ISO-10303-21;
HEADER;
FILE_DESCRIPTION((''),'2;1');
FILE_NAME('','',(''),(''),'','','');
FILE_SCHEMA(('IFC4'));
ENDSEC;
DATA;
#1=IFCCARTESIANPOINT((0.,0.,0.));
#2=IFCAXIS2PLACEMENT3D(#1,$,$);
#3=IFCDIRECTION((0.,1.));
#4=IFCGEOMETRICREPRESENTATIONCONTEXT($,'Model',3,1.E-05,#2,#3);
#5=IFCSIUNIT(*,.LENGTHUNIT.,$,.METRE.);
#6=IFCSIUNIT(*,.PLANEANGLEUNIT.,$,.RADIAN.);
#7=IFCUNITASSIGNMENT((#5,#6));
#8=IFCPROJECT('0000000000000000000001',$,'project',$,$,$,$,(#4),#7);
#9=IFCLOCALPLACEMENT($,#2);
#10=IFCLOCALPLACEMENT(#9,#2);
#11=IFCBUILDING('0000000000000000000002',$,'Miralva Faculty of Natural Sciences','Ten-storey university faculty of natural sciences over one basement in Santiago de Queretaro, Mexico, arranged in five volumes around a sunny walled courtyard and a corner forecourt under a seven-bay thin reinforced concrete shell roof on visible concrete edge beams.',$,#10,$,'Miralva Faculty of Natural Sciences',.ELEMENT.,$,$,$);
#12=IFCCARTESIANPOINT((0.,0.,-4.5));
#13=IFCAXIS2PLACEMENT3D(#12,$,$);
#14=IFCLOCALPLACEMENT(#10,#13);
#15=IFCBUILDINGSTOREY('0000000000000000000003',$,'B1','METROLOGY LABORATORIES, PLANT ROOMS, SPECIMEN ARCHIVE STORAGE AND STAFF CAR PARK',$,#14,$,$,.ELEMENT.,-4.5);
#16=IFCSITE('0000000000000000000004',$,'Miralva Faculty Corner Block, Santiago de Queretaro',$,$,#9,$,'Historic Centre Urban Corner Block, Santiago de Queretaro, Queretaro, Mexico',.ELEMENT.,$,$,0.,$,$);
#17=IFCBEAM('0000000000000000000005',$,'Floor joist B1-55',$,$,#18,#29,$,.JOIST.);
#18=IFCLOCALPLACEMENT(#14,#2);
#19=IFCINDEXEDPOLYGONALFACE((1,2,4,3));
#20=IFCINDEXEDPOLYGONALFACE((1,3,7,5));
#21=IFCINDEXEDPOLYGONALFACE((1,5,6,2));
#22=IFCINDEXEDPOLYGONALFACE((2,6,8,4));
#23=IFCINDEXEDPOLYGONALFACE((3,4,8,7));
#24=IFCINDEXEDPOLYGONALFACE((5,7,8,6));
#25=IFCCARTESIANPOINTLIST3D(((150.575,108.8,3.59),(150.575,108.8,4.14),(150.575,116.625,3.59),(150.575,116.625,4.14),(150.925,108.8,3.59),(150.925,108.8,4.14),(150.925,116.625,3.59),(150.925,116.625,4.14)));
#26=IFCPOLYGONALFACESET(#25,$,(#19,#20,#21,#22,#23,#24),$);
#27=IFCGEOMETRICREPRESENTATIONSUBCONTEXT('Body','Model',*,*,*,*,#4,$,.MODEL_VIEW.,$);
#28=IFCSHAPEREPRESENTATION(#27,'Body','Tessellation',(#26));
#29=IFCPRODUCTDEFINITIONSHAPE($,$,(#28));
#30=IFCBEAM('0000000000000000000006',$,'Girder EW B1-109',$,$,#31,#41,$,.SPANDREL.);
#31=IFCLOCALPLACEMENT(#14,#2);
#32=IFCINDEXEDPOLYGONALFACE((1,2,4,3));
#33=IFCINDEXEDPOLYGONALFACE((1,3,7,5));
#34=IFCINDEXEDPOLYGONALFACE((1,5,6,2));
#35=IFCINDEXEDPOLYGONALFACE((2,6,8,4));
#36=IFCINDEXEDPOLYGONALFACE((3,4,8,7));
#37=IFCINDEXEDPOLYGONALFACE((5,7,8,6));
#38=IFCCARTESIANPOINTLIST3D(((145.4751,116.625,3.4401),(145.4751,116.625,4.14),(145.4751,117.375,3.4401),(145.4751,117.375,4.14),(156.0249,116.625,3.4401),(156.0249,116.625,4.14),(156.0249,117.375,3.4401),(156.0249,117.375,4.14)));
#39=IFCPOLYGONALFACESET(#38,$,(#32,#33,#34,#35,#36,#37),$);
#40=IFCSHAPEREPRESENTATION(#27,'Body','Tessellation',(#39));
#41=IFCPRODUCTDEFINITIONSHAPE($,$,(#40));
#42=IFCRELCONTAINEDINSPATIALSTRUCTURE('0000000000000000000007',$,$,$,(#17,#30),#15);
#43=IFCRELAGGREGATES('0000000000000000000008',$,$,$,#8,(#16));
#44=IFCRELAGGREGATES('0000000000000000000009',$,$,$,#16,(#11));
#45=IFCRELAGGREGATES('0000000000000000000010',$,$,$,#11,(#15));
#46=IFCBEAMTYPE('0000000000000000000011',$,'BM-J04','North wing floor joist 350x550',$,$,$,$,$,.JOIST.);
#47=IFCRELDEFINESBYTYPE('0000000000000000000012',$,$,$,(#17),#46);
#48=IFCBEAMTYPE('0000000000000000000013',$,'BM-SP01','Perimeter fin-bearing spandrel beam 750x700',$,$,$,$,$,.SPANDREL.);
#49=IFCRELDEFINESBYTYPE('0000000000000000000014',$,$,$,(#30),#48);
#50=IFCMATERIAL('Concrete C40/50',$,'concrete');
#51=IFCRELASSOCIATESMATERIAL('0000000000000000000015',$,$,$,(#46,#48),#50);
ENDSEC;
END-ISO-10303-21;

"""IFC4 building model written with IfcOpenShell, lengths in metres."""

from ifc_helpers import new_model, si_unit, direction, frame, origin, origin_2d, place, context, subcontext, project, spatial, rectangle, extrude, material, material_profile, profile_set, type_object, element, save


model = new_model("IFC4")

# Units and contexts
model_context = context("Model", 3, precision=1e-05, world=origin(), true_north=direction((0.0, 1.0)))
body_context = subcontext(model_context, "Body", "Model", "MODEL_VIEW")
ifc_project = project(units=[si_unit("LENGTHUNIT", "METRE"), si_unit("PLANEANGLEUNIT", "RADIAN")], contexts=[model_context])

# Site, building, storey
site_placement = place(None, origin())
site = spatial("IfcSite", under=ifc_project, at=site_placement, Name="Miralva Faculty Corner Block, Santiago de Queretaro", LongName="Historic Centre Urban Corner Block, Santiago de Queretaro, Queretaro, Mexico", CompositionType="ELEMENT", RefElevation=0.0)
building_placement = place(site_placement, origin())
building = spatial("IfcBuilding", under=site, at=building_placement, Name="Miralva Faculty of Natural Sciences", Description="Ten-storey university faculty of natural sciences over one basement in Santiago de Queretaro, Mexico, arranged in five volumes around a sunny walled courtyard and a corner forecourt under a seven-bay thin reinforced concrete shell roof on visible concrete edge beams.", LongName="Miralva Faculty of Natural Sciences", CompositionType="ELEMENT")
storey_placement = place(building_placement, frame((0.0, 0.0, -4.5)))
storey = spatial("IfcBuildingStorey", under=building, at=storey_placement, Name="B1", Description="METROLOGY LABORATORIES, PLANT ROOMS, SPECIMEN ARCHIVE STORAGE AND STAFF CAR PARK", CompositionType="ELEMENT", Elevation=-4.5)

# Shared definitions
ifc_material_1 = material(Name="Concrete C40/50", Category="concrete")

# Beams
ifc_material_profile_1 = material_profile(ifc_material_1, rectangle(XDim=0.3501, YDim=0.55, at=origin_2d()), Name="RC 350x550")
ifc_profile_set_1 = profile_set([ifc_material_profile_1], Name="Concrete C40/50")
beam_type_1 = type_object("IfcBeamType", Name="BM-J04", Description="North wing floor joist 350x550", PredefinedType="JOIST", material=ifc_profile_set_1)
beam_1_placement = place(storey_placement, frame((150.75, 108.8, 3.865), z_axis=(0.0, 1.0, 0.0), x_axis=(-1.0, 0.0, 0.0)))
element("IfcBeam", 1, at=beam_1_placement, inside=storey, type_object=beam_type_1, Name="Floor joist B1-55", PredefinedType="JOIST", context=body_context, shape_type="SweptSolid", body=[
    extrude(rectangle(XDim=0.3501, YDim=0.55, at=origin_2d()), origin(), (0.0, 0.0, 1.0), 7.825),
])
ifc_material_profile_2 = material_profile(ifc_material_1, rectangle(XDim=0.75, YDim=0.7, at=origin_2d()), Name="RC 750x700")
ifc_profile_set_2 = profile_set([ifc_material_profile_2], Name="Concrete C40/50")
beam_type_2 = type_object("IfcBeamType", Name="BM-SP01", Description="Perimeter fin-bearing spandrel beam 750x700", PredefinedType="SPANDREL", material=ifc_profile_set_2)
beam_2_placement = place(storey_placement, frame((145.4751, 117.0, 3.79), z_axis=(1.0, 0.0, 0.0), x_axis=(0.0, 1.0, 0.0)))
element("IfcBeam", 2, at=beam_2_placement, inside=storey, type_object=beam_type_2, Name="Girder EW B1-109", PredefinedType="SPANDREL", context=body_context, shape_type="SweptSolid", body=[
    extrude(rectangle(XDim=0.75, YDim=0.7, at=origin_2d()), origin(), (0.0, 0.0, 1.0), 10.5498),
])

save(model, "model.ifc")
